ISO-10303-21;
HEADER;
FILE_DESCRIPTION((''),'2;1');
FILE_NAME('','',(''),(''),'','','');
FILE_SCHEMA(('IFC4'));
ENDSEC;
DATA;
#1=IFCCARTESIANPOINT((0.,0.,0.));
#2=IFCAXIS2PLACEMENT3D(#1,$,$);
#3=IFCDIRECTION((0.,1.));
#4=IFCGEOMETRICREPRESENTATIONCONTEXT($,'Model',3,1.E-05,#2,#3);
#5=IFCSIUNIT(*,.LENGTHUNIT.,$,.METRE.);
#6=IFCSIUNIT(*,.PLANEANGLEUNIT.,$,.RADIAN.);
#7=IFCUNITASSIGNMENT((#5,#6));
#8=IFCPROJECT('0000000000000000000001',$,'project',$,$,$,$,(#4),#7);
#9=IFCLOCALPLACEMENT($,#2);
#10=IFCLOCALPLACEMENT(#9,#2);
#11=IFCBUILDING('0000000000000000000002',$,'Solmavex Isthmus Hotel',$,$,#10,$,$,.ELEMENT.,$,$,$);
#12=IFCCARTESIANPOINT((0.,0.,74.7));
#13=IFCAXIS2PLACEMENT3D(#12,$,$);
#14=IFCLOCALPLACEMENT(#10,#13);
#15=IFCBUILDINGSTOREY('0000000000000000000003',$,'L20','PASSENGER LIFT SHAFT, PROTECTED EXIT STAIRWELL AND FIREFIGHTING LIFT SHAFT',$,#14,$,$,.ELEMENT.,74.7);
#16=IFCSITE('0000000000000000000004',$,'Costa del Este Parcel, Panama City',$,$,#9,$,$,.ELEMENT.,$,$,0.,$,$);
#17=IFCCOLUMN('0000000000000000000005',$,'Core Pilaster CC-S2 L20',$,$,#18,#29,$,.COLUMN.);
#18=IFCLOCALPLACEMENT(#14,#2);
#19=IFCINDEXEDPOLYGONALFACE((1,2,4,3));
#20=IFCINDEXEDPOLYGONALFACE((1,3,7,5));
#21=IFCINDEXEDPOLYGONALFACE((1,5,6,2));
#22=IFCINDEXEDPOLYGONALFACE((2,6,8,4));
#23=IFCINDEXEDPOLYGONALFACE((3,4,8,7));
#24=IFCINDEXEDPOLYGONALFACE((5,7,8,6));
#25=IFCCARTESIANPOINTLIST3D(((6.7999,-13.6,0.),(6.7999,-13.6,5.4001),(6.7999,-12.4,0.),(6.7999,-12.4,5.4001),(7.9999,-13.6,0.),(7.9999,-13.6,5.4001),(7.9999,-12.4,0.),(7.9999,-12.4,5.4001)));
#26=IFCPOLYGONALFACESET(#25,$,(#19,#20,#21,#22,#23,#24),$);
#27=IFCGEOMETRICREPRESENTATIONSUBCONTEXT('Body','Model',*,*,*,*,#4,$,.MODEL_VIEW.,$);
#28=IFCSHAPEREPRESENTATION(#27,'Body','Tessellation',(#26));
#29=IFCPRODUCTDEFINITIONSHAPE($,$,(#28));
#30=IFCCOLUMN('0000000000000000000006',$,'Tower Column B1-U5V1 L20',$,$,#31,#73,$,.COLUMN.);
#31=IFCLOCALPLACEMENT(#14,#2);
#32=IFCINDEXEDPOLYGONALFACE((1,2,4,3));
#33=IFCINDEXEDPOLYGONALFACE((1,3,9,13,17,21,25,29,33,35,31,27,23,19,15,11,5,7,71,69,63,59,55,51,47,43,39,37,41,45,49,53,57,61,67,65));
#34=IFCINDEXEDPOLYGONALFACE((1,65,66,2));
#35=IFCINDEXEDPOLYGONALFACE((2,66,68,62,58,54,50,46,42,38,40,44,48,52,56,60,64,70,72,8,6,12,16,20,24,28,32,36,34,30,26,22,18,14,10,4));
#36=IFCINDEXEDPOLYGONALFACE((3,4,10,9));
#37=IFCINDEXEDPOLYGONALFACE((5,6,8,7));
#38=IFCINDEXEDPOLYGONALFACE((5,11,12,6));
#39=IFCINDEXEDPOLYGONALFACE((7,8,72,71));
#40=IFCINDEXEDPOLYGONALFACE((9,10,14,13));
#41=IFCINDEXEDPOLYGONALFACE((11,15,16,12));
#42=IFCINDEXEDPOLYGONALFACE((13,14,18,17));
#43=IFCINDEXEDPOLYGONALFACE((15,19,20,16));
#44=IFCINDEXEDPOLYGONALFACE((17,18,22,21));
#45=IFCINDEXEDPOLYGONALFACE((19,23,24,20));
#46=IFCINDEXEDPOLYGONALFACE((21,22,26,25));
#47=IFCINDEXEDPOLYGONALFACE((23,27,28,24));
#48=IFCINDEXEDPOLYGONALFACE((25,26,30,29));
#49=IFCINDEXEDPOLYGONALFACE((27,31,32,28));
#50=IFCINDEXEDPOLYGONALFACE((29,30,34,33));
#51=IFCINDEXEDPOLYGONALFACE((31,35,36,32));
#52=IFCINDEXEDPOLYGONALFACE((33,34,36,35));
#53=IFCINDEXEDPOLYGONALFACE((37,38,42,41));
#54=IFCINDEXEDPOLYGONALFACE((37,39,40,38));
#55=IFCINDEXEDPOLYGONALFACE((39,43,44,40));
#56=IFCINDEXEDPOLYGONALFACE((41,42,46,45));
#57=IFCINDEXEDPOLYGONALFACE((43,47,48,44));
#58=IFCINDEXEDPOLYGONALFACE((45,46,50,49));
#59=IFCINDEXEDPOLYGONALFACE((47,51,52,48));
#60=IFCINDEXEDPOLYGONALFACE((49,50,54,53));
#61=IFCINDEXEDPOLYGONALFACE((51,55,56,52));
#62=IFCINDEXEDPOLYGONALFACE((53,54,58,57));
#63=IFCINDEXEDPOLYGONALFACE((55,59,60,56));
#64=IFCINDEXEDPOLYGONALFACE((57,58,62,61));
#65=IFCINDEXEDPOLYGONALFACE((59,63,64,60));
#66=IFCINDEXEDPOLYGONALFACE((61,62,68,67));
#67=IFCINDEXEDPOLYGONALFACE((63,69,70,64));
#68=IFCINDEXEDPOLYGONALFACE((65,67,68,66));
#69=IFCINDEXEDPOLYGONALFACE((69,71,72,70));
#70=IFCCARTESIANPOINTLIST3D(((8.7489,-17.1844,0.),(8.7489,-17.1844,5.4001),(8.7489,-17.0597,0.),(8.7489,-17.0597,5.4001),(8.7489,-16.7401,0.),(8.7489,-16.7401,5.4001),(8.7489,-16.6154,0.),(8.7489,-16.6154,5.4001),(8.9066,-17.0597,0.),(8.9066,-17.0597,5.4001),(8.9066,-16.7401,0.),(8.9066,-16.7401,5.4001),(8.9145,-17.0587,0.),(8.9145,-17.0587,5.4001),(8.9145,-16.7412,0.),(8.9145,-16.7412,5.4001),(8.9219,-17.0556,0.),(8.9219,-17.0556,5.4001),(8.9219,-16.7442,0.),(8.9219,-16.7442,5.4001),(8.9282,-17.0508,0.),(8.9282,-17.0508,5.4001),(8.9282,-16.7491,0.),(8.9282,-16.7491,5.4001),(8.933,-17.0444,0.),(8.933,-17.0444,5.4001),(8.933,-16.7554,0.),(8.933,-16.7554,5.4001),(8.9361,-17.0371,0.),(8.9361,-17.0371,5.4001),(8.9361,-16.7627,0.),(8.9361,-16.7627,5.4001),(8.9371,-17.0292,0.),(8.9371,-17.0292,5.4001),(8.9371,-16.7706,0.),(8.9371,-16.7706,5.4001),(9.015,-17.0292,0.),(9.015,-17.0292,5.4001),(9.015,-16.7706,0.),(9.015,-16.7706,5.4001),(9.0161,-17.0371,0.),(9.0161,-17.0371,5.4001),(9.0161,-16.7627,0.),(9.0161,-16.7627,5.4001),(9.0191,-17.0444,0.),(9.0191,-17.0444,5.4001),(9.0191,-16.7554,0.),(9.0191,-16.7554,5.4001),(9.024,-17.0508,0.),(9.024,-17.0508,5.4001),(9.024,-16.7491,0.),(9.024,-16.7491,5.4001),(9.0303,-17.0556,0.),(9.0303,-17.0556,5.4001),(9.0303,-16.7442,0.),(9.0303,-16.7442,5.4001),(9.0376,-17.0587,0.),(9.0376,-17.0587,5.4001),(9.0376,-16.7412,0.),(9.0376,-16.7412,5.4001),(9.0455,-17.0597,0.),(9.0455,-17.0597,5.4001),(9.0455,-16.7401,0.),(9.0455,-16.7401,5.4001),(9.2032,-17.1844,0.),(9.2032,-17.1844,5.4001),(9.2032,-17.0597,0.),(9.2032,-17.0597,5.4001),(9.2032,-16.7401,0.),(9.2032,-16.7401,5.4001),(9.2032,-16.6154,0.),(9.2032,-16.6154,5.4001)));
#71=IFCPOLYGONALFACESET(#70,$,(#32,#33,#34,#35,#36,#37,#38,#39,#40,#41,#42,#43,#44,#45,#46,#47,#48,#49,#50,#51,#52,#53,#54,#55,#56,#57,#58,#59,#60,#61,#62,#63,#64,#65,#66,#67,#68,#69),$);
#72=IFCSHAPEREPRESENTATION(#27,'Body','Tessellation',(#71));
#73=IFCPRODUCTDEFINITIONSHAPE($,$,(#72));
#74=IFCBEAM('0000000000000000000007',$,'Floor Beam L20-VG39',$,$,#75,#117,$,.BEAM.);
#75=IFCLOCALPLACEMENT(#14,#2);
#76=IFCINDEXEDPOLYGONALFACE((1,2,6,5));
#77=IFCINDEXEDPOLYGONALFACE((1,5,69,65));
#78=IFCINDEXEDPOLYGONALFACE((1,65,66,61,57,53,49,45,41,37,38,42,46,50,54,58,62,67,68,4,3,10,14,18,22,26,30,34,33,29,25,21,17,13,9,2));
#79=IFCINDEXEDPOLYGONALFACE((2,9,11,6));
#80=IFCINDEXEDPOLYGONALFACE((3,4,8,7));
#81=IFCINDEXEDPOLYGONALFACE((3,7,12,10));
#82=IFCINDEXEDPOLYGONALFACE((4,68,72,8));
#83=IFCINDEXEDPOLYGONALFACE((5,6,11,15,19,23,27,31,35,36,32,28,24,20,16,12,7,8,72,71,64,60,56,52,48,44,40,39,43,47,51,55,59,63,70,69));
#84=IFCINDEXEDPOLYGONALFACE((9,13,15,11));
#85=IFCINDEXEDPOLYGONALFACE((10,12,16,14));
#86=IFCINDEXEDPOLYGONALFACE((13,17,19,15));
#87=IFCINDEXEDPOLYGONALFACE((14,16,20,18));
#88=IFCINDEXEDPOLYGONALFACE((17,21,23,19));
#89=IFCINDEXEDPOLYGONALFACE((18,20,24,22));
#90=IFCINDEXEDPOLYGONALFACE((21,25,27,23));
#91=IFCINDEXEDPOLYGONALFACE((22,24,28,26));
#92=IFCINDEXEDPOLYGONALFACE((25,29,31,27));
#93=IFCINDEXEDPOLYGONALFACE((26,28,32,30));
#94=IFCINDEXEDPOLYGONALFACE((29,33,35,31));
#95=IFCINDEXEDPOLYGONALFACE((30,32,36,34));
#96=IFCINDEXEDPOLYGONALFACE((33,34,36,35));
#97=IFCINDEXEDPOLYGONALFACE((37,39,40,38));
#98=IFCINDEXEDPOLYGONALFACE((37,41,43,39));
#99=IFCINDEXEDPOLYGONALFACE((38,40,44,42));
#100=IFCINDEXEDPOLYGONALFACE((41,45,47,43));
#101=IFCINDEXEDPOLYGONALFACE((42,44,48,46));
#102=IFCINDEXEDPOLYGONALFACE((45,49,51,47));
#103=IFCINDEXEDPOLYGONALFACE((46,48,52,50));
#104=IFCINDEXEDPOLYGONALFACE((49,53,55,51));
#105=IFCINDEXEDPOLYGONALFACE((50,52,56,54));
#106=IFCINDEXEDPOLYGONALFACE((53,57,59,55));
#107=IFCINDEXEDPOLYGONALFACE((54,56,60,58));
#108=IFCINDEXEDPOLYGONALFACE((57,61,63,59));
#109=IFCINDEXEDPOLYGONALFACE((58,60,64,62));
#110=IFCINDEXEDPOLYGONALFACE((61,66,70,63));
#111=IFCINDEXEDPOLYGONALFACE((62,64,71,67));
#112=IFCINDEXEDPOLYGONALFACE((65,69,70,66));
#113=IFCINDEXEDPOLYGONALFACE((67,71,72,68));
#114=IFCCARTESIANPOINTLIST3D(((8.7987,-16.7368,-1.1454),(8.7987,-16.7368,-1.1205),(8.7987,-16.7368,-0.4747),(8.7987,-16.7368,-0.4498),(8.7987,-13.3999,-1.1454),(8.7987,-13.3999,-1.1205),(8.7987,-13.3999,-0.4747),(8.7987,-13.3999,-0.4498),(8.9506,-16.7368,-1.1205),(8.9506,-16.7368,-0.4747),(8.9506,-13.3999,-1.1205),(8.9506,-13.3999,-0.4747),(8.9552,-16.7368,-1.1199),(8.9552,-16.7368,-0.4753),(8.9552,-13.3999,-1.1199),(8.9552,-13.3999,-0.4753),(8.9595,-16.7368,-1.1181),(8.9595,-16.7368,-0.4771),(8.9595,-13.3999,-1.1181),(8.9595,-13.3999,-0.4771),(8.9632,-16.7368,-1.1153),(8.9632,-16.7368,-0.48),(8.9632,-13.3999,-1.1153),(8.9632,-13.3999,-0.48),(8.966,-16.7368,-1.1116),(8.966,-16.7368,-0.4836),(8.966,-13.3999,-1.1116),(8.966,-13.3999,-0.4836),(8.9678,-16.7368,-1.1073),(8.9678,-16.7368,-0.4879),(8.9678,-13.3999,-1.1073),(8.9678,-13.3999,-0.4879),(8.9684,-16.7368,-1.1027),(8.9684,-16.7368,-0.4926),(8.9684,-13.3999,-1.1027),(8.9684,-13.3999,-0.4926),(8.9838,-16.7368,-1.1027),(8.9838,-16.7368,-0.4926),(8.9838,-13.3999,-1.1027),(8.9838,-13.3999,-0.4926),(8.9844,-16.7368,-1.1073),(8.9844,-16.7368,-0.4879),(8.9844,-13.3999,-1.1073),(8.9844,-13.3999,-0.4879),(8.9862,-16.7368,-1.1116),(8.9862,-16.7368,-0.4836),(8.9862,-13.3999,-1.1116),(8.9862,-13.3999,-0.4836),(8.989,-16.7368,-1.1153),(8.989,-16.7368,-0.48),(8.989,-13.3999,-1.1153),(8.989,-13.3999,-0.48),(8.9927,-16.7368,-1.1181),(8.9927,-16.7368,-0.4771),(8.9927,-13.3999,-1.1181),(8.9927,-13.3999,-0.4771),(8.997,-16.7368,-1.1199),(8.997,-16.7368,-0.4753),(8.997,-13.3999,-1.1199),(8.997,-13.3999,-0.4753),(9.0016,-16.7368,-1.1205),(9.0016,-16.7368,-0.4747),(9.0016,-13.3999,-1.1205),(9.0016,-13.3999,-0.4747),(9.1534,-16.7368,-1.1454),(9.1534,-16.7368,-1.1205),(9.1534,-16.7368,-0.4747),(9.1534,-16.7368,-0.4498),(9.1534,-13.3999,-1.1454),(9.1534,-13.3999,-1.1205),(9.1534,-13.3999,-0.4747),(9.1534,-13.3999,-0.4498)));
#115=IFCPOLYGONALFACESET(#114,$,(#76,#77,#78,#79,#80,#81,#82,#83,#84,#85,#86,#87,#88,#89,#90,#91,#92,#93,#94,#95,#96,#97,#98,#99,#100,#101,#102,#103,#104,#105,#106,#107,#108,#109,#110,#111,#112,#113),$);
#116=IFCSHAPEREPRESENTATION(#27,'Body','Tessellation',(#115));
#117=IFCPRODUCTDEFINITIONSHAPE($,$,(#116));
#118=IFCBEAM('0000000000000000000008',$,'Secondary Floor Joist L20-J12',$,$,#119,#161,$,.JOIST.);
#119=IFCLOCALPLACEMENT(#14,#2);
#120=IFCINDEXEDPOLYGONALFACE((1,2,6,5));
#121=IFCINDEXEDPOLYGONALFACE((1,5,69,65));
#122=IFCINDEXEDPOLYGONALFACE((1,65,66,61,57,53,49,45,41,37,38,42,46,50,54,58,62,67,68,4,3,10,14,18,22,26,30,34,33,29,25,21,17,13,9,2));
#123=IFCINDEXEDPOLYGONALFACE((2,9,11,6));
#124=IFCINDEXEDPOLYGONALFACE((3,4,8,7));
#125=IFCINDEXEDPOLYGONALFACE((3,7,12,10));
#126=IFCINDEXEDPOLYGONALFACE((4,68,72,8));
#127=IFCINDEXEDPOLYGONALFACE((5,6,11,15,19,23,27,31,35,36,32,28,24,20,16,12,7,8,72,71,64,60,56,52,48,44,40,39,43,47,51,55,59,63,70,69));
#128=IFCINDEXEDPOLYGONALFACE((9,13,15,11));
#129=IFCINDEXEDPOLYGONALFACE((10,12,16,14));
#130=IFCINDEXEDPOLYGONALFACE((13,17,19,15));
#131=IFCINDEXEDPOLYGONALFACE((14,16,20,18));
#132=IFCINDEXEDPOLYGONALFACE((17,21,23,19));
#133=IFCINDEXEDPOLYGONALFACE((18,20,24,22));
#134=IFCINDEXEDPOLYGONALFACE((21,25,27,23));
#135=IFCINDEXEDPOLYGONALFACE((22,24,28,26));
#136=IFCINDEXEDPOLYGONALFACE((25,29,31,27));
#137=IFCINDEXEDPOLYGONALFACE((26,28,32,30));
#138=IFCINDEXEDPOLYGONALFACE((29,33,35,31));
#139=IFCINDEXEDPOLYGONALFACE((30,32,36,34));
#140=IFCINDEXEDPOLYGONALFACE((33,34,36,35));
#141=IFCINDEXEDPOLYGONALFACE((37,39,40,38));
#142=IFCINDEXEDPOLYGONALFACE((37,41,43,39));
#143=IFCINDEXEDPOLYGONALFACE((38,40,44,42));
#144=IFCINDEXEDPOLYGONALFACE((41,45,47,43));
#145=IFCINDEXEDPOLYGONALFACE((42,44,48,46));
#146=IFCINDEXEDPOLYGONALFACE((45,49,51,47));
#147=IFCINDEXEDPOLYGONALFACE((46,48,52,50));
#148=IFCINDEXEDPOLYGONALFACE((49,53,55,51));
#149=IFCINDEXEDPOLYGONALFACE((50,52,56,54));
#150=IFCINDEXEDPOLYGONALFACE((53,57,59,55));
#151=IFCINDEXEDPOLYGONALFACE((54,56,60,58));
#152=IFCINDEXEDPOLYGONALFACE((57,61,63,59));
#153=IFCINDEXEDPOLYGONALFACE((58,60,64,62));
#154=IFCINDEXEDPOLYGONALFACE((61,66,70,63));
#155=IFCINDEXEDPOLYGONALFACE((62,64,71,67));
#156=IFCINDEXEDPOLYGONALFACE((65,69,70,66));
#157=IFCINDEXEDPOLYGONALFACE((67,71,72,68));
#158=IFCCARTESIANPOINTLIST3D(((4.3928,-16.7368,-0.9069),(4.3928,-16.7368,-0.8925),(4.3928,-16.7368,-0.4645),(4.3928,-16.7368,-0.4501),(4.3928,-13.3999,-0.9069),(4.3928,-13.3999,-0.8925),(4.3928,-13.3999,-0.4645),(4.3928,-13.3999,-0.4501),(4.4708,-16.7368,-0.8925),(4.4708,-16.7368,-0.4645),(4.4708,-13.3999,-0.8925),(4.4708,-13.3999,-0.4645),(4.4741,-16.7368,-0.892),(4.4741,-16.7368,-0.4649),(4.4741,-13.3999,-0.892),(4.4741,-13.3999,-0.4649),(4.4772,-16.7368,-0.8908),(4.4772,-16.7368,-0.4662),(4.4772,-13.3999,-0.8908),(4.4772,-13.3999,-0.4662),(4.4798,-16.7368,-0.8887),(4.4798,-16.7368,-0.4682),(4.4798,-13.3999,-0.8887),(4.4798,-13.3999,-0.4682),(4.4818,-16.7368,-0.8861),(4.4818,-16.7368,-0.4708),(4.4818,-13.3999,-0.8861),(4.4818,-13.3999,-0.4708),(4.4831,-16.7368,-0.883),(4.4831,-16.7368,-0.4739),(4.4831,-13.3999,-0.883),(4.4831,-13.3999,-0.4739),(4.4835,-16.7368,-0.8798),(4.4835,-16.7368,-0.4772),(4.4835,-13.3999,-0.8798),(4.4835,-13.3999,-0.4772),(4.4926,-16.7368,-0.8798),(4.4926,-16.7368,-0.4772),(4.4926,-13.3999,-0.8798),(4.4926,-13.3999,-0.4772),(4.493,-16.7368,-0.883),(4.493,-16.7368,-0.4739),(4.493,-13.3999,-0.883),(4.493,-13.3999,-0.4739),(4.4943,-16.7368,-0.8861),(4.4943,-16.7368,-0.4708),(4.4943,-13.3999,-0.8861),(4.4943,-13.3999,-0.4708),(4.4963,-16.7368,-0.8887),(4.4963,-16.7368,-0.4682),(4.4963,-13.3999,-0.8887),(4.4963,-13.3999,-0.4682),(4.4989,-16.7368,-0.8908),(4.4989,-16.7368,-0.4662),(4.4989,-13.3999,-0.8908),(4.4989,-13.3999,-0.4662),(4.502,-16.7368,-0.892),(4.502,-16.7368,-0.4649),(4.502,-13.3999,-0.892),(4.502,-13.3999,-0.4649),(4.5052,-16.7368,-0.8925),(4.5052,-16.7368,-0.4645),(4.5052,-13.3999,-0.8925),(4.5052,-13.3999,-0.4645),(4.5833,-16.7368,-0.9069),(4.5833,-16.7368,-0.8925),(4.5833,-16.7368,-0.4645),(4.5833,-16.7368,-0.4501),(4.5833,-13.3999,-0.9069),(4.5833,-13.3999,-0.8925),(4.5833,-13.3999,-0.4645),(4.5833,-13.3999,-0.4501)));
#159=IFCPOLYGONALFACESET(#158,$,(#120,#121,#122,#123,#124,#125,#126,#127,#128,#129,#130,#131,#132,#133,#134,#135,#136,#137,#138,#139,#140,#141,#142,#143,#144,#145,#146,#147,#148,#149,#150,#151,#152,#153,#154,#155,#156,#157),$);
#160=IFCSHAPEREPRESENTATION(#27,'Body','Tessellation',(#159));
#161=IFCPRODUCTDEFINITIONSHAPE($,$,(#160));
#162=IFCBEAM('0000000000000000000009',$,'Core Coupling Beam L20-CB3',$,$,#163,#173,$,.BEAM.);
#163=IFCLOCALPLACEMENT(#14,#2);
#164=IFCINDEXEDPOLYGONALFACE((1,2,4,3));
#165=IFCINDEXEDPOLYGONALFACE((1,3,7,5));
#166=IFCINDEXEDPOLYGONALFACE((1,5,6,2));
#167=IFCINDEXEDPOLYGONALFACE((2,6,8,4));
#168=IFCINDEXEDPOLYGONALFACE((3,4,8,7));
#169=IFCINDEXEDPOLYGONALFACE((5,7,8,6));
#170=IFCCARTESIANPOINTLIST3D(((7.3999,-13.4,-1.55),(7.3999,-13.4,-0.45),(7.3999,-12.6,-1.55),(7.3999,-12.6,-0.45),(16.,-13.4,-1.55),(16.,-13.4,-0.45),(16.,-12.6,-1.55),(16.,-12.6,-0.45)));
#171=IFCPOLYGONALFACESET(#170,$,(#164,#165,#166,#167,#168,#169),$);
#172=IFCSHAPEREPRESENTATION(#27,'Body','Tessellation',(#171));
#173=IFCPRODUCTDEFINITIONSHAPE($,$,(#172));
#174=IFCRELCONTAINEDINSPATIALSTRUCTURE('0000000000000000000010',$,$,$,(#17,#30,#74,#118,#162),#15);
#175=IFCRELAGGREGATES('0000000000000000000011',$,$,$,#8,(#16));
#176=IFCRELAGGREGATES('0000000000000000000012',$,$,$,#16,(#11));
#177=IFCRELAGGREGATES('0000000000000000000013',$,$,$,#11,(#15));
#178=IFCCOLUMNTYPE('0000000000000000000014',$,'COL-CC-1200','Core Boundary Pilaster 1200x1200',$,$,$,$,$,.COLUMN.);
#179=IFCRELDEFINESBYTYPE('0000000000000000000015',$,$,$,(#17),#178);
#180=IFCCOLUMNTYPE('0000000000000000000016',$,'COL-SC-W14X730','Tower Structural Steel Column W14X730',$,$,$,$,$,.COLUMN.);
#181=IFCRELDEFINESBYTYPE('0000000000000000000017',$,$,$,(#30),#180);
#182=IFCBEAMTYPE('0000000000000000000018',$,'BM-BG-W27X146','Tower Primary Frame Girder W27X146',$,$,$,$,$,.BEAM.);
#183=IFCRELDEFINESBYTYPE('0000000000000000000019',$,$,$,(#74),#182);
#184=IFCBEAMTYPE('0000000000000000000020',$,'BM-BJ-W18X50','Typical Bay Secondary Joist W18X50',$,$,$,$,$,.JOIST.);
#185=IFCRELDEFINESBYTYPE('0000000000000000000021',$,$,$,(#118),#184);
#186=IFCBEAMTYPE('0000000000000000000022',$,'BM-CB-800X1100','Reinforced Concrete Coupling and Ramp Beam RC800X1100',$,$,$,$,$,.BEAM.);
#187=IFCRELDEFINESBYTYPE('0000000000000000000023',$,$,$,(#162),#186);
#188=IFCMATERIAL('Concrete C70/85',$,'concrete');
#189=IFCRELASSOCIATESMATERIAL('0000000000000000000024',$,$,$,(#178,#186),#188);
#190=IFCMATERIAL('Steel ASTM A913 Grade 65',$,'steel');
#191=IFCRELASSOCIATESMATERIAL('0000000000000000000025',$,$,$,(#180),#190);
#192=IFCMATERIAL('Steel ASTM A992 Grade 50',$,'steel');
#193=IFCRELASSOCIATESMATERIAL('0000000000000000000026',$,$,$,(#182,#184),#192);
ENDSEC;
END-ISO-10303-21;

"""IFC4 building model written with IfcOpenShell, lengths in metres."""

from ifc_helpers import new_model, si_unit, direction, frame, origin, origin_2d, place, context, subcontext, project, spatial, rectangle, i_section, extrude, material, material_profile, profile_set, type_object, element, save


model = new_model("IFC4")

# Units and contexts
model_context = context("Model", 3, precision=1e-05, world=origin(), true_north=direction((0.0, 1.0)))
body_context = subcontext(model_context, "Body", "Model", "MODEL_VIEW")
ifc_project = project(units=[si_unit("LENGTHUNIT", "METRE"), si_unit("PLANEANGLEUNIT", "RADIAN")], contexts=[model_context])

# Site, building, storey
site_placement = place(None, origin())
site = spatial("IfcSite", under=ifc_project, at=site_placement, Name="Costa del Este Parcel, Panama City", CompositionType="ELEMENT", RefElevation=0.0)
building_placement = place(site_placement, origin())
building = spatial("IfcBuilding", under=site, at=building_placement, Name="Solmavex Isthmus Hotel", CompositionType="ELEMENT")
storey_placement = place(building_placement, frame((0.0, 0.0, 74.7)))
storey = spatial("IfcBuildingStorey", under=building, at=storey_placement, Name="L20", Description="PASSENGER LIFT SHAFT, PROTECTED EXIT STAIRWELL AND FIREFIGHTING LIFT SHAFT", CompositionType="ELEMENT", Elevation=74.7)

# Columns
ifc_material_1 = material(Name="Concrete C70/85", Category="concrete")
ifc_material_profile_1 = material_profile(ifc_material_1, rectangle(XDim=1.2, YDim=1.2, at=origin_2d()), Name="RC1200X1200")
ifc_profile_set_1 = profile_set([ifc_material_profile_1], Name="Concrete C70/85")
column_type_1 = type_object("IfcColumnType", Name="COL-CC-1200", Description="Core Boundary Pilaster 1200x1200", PredefinedType="COLUMN", material=ifc_profile_set_1)
column_1_placement = place(storey_placement, frame((7.3999, -13.0, 0.0), z_axis=(0.0, 0.0, 1.0), x_axis=(1.0, 0.0, 0.0)))
element("IfcColumn", 1, at=column_1_placement, inside=storey, type_object=column_type_1, Name="Core Pilaster CC-S2 L20", PredefinedType="COLUMN", context=body_context, shape_type="SweptSolid", body=[
    extrude(rectangle(XDim=1.2, YDim=1.2, at=origin_2d()), origin(), (0.0, 0.0, 1.0), 5.4001),
])
ifc_material_2 = material(Name="Steel ASTM A913 Grade 65", Category="steel")
ifc_material_profile_2 = material_profile(ifc_material_2, i_section(OverallWidth=0.4543, OverallDepth=0.5691, WebThickness=0.0779, FlangeThickness=0.1248, FilletRadius=0.0305, at=origin_2d()), Name="W14X730")
ifc_profile_set_2 = profile_set([ifc_material_profile_2], Name="Steel ASTM A913 Grade 65")
column_type_2 = type_object("IfcColumnType", Name="COL-SC-W14X730", Description="Tower Structural Steel Column W14X730", PredefinedType="COLUMN", material=ifc_profile_set_2)
column_2_placement = place(storey_placement, frame((8.9761, -16.8999, 0.0), z_axis=(0.0, 0.0, 1.0), x_axis=(1.0, 0.0, 0.0)))
element("IfcColumn", 2, at=column_2_placement, inside=storey, type_object=column_type_2, Name="Tower Column B1-U5V1 L20", PredefinedType="COLUMN", context=body_context, shape_type="SweptSolid", body=[
    extrude(i_section(OverallWidth=0.4543, OverallDepth=0.5691, WebThickness=0.0779, FlangeThickness=0.1248, FilletRadius=0.0305, at=origin_2d()), origin(), (0.0, 0.0, 1.0), 5.4001),
])

# Beams
ifc_material_3 = material(Name="Steel ASTM A992 Grade 50", Category="steel")
ifc_material_profile_3 = material_profile(ifc_material_3, i_section(OverallWidth=0.3547, OverallDepth=0.6956, WebThickness=0.0154, FlangeThickness=0.0249, FilletRadius=0.0178, at=origin_2d()), Name="W27X146")
ifc_profile_set_3 = profile_set([ifc_material_profile_3], Name="Steel ASTM A992 Grade 50")
beam_type_1 = type_object("IfcBeamType", Name="BM-BG-W27X146", Description="Tower Primary Frame Girder W27X146", PredefinedType="BEAM", material=ifc_profile_set_3)
beam_1_placement = place(storey_placement, frame((8.9761, -16.7368, -0.7976), z_axis=(0.0, 1.0, 0.0), x_axis=(-1.0, 0.0, 0.0)))
element("IfcBeam", 3, at=beam_1_placement, inside=storey, type_object=beam_type_1, Name="Floor Beam L20-VG39", PredefinedType="BEAM", context=body_context, shape_type="SweptSolid", body=[
    extrude(i_section(OverallWidth=0.3547, OverallDepth=0.6956, WebThickness=0.0154, FlangeThickness=0.0249, FilletRadius=0.0178, at=origin_2d()), origin(), (0.0, 0.0, 1.0), 3.3369),
])
ifc_material_profile_4 = material_profile(ifc_material_3, i_section(OverallWidth=0.1904, OverallDepth=0.4568, WebThickness=0.009, FlangeThickness=0.0144, FilletRadius=0.0127, at=origin_2d()), Name="W18X50")
ifc_profile_set_4 = profile_set([ifc_material_profile_4], Name="Steel ASTM A992 Grade 50")
beam_type_2 = type_object("IfcBeamType", Name="BM-BJ-W18X50", Description="Typical Bay Secondary Joist W18X50", PredefinedType="JOIST", material=ifc_profile_set_4)
beam_2_placement = place(storey_placement, frame((4.488, -16.7368, -0.6785), z_axis=(0.0, 1.0, 0.0), x_axis=(-1.0, 0.0, 0.0)))
element("IfcBeam", 4, at=beam_2_placement, inside=storey, type_object=beam_type_2, Name="Secondary Floor Joist L20-J12", PredefinedType="JOIST", context=body_context, shape_type="SweptSolid", body=[
    extrude(i_section(OverallWidth=0.1904, OverallDepth=0.4568, WebThickness=0.009, FlangeThickness=0.0144, FilletRadius=0.0127, at=origin_2d()), origin(), (0.0, 0.0, 1.0), 3.3369),
])
ifc_material_profile_5 = material_profile(ifc_material_1, rectangle(XDim=0.8, YDim=1.1001, at=origin_2d()), Name="RC800X1100")
ifc_profile_set_5 = profile_set([ifc_material_profile_5], Name="Concrete C70/85")
beam_type_3 = type_object("IfcBeamType", Name="BM-CB-800X1100", Description="Reinforced Concrete Coupling and Ramp Beam RC800X1100", PredefinedType="BEAM", material=ifc_profile_set_5)
beam_3_placement = place(storey_placement, frame((7.3999, -13.0, -1.0), z_axis=(1.0, 0.0, 0.0), x_axis=(0.0, 1.0, 0.0)))
element("IfcBeam", 5, at=beam_3_placement, inside=storey, type_object=beam_type_3, Name="Core Coupling Beam L20-CB3", PredefinedType="BEAM", context=body_context, shape_type="SweptSolid", body=[
    extrude(rectangle(XDim=0.8, YDim=1.1001, at=origin_2d()), origin(), (0.0, 0.0, 1.0), 8.6001),
])

save(model, "model.ifc")
